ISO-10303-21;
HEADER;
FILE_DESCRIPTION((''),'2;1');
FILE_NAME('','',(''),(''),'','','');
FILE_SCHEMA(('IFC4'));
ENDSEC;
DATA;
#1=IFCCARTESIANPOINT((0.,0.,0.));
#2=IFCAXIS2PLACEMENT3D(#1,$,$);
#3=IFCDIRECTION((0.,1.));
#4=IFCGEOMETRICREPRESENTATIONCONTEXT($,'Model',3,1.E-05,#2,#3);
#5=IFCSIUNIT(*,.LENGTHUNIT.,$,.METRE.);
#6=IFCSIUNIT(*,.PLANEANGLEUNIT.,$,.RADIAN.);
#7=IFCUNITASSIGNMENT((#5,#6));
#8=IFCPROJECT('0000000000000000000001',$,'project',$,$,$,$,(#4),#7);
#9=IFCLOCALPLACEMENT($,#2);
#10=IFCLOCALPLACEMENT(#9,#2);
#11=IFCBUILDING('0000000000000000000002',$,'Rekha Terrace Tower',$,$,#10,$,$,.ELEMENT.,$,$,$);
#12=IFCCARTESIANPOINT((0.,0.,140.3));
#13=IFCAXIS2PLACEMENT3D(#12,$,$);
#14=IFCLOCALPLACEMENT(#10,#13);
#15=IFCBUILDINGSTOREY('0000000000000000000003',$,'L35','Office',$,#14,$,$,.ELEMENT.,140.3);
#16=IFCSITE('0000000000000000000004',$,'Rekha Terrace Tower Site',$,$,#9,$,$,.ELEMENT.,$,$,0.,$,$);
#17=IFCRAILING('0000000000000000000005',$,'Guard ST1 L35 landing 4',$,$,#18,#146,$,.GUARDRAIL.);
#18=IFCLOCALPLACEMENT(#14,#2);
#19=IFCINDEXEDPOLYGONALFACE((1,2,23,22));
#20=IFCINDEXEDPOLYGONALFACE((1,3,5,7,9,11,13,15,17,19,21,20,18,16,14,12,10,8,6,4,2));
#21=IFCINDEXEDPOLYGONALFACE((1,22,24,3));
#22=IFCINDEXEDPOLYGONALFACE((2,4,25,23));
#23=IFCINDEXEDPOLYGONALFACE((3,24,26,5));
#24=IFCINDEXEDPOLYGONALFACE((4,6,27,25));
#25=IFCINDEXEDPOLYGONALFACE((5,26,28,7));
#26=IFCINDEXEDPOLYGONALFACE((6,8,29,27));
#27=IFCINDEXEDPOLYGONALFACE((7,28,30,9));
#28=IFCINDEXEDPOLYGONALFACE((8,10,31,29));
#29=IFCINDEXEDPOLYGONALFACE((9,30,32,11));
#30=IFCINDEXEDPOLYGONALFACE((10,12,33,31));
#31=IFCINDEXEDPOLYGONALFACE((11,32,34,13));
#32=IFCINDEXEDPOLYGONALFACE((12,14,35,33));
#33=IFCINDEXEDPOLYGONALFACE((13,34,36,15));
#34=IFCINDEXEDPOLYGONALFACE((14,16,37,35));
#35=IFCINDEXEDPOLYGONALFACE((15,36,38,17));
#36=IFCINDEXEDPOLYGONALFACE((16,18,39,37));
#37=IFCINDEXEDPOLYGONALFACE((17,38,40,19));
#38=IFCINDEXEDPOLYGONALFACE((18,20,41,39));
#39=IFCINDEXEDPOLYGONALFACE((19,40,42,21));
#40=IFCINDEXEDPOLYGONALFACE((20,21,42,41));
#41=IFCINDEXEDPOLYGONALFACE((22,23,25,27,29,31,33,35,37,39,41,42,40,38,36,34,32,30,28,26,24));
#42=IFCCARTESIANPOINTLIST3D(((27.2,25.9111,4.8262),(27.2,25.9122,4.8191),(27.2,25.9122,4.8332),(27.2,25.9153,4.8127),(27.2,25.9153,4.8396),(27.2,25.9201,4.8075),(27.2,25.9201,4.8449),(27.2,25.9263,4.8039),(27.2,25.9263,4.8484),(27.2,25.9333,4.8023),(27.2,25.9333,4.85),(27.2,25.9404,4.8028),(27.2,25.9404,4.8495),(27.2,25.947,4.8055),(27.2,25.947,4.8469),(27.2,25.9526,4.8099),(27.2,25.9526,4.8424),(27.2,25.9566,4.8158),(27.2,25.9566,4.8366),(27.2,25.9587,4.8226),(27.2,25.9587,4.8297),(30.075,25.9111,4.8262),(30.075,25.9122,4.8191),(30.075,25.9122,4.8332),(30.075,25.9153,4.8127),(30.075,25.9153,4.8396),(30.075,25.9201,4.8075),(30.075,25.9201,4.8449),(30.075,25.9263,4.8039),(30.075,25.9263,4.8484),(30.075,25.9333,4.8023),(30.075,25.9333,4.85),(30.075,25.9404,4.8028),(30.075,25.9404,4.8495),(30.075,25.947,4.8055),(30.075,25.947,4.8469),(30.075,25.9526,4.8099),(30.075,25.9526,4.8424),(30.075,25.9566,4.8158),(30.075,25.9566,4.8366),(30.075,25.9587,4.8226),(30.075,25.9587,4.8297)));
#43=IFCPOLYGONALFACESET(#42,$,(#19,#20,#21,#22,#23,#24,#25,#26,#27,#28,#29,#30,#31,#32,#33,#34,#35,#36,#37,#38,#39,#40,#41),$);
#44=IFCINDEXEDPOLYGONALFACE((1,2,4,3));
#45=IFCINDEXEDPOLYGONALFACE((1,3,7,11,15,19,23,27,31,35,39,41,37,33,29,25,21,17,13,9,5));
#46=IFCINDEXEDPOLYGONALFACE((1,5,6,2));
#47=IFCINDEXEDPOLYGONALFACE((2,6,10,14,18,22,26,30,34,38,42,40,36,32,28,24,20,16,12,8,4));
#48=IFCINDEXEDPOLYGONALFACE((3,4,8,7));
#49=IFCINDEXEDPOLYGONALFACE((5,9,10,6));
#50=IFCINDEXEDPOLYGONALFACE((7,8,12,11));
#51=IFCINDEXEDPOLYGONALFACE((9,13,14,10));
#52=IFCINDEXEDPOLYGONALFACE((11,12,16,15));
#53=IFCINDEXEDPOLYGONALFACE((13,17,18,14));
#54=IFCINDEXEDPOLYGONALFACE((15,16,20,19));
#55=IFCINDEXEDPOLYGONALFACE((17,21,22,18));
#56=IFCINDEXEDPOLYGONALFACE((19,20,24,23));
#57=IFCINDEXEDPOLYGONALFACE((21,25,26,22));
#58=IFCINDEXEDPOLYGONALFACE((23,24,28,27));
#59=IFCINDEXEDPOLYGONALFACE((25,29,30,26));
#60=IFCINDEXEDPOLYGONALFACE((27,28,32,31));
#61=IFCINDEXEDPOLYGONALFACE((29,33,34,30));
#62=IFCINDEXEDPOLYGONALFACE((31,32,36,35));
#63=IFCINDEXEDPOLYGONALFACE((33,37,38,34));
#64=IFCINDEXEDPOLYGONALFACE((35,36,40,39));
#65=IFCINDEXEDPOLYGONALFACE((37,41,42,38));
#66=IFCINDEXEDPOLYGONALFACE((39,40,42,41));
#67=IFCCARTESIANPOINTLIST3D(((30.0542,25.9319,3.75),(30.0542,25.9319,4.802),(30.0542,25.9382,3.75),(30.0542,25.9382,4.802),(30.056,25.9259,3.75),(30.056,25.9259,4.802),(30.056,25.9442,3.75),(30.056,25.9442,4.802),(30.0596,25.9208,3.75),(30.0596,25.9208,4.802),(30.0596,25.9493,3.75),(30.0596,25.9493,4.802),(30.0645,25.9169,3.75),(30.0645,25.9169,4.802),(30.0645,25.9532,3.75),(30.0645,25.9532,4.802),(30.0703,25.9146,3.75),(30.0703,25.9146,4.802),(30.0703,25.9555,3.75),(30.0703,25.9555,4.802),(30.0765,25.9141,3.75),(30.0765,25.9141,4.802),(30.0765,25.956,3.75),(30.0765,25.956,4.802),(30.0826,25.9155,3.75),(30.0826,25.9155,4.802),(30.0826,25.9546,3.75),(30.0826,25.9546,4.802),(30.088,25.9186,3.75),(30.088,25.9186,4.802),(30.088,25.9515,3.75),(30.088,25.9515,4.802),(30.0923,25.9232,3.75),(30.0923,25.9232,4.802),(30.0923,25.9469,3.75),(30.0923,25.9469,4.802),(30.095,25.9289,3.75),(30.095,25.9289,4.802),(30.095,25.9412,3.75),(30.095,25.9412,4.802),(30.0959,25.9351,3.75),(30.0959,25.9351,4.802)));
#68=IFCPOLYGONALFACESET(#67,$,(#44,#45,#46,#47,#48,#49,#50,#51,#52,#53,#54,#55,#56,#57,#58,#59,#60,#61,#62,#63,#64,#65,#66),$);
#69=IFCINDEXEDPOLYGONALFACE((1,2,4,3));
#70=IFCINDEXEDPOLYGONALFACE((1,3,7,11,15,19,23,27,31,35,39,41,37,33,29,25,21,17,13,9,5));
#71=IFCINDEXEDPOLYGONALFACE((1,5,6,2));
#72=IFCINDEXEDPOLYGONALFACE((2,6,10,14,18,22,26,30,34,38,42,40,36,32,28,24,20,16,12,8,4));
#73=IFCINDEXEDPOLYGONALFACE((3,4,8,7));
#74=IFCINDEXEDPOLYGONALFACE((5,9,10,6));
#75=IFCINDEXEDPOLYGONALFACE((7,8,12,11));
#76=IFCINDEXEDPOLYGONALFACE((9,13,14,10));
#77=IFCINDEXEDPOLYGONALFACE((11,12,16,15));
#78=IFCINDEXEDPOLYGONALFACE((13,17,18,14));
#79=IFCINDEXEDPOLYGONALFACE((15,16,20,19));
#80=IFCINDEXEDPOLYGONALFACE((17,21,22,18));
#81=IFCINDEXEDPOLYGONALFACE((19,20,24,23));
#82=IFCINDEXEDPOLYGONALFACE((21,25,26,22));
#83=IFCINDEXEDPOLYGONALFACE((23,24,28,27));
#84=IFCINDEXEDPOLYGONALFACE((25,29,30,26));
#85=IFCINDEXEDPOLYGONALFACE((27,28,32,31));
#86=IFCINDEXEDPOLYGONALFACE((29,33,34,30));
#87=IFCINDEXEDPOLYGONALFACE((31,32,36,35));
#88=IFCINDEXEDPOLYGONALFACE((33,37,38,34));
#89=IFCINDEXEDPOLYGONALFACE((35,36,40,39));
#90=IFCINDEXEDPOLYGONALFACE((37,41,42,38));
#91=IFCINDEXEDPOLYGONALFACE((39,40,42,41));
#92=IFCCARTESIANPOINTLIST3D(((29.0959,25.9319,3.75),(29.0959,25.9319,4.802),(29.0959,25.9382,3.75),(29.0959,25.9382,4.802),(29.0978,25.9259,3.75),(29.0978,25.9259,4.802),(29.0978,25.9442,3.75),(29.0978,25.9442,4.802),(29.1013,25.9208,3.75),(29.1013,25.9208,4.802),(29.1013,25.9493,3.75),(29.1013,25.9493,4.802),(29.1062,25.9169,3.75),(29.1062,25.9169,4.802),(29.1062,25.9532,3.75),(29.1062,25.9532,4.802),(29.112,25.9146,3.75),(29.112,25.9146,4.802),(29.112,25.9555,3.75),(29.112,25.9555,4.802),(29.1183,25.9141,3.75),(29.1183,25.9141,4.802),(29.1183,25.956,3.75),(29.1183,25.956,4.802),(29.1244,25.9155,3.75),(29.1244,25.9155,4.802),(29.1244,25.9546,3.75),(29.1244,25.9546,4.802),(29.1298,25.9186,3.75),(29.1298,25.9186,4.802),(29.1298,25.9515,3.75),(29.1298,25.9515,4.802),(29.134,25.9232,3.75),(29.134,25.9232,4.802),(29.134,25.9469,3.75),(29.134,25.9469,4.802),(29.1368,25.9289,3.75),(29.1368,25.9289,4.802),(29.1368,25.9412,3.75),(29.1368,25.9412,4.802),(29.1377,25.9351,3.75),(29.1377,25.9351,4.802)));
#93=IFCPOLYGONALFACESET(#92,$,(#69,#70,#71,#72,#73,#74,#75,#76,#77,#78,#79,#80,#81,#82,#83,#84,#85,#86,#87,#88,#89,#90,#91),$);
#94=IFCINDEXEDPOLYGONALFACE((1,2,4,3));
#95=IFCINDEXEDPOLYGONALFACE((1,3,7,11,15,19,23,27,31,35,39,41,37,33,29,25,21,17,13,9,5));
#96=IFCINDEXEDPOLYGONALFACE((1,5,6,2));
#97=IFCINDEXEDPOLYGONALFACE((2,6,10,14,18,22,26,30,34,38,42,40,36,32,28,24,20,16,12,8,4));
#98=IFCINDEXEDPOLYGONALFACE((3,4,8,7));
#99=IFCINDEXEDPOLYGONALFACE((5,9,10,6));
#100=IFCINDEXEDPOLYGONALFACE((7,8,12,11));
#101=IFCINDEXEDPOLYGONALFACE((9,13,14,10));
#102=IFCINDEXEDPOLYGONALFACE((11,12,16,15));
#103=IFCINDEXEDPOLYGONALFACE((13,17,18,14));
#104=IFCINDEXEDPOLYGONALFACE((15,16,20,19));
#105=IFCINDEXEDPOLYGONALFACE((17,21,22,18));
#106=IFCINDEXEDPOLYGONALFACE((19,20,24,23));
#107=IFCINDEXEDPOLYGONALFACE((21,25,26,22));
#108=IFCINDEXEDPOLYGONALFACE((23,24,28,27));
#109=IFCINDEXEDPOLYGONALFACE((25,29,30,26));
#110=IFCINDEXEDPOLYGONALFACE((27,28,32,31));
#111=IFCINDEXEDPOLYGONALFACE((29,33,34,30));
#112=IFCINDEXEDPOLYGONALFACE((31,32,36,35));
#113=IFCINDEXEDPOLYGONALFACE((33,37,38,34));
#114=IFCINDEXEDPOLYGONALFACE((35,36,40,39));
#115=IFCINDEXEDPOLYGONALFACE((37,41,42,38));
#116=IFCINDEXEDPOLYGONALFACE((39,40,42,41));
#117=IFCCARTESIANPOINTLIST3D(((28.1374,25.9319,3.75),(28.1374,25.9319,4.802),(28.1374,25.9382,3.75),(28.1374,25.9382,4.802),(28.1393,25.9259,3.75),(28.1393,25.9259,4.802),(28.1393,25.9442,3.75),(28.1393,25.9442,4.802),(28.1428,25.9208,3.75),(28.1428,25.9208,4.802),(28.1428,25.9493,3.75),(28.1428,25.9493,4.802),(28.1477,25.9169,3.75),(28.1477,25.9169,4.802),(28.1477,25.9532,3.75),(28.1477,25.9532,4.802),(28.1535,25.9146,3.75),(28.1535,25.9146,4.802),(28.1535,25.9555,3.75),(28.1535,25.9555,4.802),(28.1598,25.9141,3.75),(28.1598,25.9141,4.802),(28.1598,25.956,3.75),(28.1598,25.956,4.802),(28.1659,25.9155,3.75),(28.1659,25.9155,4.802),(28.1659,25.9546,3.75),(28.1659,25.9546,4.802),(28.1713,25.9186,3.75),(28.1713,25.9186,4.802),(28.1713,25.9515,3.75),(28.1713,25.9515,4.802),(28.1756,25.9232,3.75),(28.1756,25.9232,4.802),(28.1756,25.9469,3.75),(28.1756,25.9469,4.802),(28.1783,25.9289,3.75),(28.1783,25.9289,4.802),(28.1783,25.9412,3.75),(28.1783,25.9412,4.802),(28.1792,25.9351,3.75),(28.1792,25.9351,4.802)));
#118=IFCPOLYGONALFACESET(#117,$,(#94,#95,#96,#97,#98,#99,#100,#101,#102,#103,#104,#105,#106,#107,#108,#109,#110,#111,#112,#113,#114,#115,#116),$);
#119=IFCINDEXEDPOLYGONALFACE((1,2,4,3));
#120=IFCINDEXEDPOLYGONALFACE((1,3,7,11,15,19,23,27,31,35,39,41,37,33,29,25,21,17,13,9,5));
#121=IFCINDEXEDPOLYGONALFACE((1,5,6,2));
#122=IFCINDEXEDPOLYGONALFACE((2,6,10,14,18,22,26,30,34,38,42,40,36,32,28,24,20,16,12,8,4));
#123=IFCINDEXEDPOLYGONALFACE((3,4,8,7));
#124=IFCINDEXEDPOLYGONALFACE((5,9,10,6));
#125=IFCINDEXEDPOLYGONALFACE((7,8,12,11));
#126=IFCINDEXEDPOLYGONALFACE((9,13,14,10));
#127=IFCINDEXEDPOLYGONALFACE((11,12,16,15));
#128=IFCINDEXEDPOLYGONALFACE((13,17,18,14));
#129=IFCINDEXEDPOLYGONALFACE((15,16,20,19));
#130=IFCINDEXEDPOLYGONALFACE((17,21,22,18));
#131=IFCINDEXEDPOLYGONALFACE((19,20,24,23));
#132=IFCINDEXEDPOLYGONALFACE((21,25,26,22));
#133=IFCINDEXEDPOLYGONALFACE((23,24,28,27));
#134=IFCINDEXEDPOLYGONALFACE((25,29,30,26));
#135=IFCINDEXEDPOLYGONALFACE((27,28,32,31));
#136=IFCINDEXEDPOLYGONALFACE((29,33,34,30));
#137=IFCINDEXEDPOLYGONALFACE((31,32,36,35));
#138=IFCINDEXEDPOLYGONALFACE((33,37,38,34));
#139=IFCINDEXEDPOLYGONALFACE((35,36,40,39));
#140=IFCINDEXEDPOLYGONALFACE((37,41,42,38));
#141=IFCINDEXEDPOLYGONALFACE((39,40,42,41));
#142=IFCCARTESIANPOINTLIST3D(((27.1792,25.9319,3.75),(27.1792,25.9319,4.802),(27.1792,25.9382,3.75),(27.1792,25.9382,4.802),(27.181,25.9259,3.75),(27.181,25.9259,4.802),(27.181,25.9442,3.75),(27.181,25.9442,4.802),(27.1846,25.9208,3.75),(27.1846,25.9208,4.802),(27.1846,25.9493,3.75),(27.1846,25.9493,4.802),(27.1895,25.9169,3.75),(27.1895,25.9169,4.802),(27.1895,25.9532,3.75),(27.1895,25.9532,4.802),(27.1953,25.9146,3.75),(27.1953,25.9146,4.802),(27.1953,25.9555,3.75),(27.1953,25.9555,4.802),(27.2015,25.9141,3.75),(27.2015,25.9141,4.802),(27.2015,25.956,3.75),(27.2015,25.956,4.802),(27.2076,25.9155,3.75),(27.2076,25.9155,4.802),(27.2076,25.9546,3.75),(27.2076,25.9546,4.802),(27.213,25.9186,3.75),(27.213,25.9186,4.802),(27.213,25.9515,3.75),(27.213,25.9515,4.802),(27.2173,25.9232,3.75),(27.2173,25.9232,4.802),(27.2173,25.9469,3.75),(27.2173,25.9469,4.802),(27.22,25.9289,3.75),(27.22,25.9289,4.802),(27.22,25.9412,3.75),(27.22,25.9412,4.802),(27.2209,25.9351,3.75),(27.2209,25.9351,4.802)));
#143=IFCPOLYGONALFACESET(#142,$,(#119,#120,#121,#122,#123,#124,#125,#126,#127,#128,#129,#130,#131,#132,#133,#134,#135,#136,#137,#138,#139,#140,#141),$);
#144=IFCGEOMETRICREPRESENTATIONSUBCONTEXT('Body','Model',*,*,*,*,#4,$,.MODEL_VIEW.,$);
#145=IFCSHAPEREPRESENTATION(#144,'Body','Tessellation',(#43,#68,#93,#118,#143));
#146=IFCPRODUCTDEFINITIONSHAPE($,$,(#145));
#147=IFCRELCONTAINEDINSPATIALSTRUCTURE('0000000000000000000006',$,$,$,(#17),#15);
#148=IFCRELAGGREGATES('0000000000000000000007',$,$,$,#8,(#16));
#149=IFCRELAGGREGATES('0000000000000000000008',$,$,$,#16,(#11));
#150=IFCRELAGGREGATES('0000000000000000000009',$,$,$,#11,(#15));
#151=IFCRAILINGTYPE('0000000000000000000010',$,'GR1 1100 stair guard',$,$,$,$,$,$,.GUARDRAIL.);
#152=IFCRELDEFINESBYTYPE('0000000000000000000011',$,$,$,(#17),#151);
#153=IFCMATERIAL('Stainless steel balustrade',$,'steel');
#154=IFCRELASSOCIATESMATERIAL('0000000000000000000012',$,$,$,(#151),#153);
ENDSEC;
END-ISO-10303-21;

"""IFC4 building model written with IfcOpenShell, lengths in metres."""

from ifc_helpers import new_model, si_unit, direction, frame, origin, origin_2d, place, context, subcontext, project, spatial, circle, extrude, material, type_object, element, save


model = new_model("IFC4")

# Units and contexts
model_context = context("Model", 3, precision=1e-05, world=origin(), true_north=direction((0.0, 1.0)))
body_context = subcontext(model_context, "Body", "Model", "MODEL_VIEW")
ifc_project = project(units=[si_unit("LENGTHUNIT", "METRE"), si_unit("PLANEANGLEUNIT", "RADIAN")], contexts=[model_context])

# Site, building, storey
site_placement = place(None, origin())
site = spatial("IfcSite", under=ifc_project, at=site_placement, Name="Rekha Terrace Tower Site", CompositionType="ELEMENT", RefElevation=0.0)
building_placement = place(site_placement, origin())
building = spatial("IfcBuilding", under=site, at=building_placement, Name="Rekha Terrace Tower", CompositionType="ELEMENT")
storey_placement = place(building_placement, frame((0.0, 0.0, 140.3)))
storey = spatial("IfcBuildingStorey", under=building, at=storey_placement, Name="L35", Description="Office", CompositionType="ELEMENT", Elevation=140.3)

# Railing
ifc_material_1 = material(Name="Stainless steel balustrade", Category="steel")
railing_type_1 = type_object("IfcRailingType", Name="GR1 1100 stair guard", PredefinedType="GUARDRAIL", material=ifc_material_1)
railing_1_placement = place(storey_placement, frame((30.075, 25.9351, 3.75)))
element("IfcRailing", 1, at=railing_1_placement, inside=storey, type_object=railing_type_1, Name="Guard ST1 L35 landing 4", PredefinedType="GUARDRAIL", context=body_context, shape_type="SweptSolid", body=[
    extrude(circle(Radius=0.0239, at=origin_2d()), frame((0.0, 0.0, 1.0762), z_axis=(-1.0, 0.0, 0.0), x_axis=(0.0, -1.0, 0.0)), (0.0, 0.0, 1.0), 2.875),
    extrude(circle(Radius=0.021, at=origin_2d()), origin(), (0.0, 0.0, 1.0), 1.052),
    extrude(circle(Radius=0.021, at=origin_2d()), frame((-0.9583, 0.0, 0.0)), (0.0, 0.0, 1.0), 1.052),
    extrude(circle(Radius=0.021, at=origin_2d()), frame((-1.9167, 0.0, 0.0)), (0.0, 0.0, 1.0), 1.052),
    extrude(circle(Radius=0.021, at=origin_2d()), frame((-2.875, 0.0, 0.0)), (0.0, 0.0, 1.0), 1.052),
])

save(model, "model.ifc")
